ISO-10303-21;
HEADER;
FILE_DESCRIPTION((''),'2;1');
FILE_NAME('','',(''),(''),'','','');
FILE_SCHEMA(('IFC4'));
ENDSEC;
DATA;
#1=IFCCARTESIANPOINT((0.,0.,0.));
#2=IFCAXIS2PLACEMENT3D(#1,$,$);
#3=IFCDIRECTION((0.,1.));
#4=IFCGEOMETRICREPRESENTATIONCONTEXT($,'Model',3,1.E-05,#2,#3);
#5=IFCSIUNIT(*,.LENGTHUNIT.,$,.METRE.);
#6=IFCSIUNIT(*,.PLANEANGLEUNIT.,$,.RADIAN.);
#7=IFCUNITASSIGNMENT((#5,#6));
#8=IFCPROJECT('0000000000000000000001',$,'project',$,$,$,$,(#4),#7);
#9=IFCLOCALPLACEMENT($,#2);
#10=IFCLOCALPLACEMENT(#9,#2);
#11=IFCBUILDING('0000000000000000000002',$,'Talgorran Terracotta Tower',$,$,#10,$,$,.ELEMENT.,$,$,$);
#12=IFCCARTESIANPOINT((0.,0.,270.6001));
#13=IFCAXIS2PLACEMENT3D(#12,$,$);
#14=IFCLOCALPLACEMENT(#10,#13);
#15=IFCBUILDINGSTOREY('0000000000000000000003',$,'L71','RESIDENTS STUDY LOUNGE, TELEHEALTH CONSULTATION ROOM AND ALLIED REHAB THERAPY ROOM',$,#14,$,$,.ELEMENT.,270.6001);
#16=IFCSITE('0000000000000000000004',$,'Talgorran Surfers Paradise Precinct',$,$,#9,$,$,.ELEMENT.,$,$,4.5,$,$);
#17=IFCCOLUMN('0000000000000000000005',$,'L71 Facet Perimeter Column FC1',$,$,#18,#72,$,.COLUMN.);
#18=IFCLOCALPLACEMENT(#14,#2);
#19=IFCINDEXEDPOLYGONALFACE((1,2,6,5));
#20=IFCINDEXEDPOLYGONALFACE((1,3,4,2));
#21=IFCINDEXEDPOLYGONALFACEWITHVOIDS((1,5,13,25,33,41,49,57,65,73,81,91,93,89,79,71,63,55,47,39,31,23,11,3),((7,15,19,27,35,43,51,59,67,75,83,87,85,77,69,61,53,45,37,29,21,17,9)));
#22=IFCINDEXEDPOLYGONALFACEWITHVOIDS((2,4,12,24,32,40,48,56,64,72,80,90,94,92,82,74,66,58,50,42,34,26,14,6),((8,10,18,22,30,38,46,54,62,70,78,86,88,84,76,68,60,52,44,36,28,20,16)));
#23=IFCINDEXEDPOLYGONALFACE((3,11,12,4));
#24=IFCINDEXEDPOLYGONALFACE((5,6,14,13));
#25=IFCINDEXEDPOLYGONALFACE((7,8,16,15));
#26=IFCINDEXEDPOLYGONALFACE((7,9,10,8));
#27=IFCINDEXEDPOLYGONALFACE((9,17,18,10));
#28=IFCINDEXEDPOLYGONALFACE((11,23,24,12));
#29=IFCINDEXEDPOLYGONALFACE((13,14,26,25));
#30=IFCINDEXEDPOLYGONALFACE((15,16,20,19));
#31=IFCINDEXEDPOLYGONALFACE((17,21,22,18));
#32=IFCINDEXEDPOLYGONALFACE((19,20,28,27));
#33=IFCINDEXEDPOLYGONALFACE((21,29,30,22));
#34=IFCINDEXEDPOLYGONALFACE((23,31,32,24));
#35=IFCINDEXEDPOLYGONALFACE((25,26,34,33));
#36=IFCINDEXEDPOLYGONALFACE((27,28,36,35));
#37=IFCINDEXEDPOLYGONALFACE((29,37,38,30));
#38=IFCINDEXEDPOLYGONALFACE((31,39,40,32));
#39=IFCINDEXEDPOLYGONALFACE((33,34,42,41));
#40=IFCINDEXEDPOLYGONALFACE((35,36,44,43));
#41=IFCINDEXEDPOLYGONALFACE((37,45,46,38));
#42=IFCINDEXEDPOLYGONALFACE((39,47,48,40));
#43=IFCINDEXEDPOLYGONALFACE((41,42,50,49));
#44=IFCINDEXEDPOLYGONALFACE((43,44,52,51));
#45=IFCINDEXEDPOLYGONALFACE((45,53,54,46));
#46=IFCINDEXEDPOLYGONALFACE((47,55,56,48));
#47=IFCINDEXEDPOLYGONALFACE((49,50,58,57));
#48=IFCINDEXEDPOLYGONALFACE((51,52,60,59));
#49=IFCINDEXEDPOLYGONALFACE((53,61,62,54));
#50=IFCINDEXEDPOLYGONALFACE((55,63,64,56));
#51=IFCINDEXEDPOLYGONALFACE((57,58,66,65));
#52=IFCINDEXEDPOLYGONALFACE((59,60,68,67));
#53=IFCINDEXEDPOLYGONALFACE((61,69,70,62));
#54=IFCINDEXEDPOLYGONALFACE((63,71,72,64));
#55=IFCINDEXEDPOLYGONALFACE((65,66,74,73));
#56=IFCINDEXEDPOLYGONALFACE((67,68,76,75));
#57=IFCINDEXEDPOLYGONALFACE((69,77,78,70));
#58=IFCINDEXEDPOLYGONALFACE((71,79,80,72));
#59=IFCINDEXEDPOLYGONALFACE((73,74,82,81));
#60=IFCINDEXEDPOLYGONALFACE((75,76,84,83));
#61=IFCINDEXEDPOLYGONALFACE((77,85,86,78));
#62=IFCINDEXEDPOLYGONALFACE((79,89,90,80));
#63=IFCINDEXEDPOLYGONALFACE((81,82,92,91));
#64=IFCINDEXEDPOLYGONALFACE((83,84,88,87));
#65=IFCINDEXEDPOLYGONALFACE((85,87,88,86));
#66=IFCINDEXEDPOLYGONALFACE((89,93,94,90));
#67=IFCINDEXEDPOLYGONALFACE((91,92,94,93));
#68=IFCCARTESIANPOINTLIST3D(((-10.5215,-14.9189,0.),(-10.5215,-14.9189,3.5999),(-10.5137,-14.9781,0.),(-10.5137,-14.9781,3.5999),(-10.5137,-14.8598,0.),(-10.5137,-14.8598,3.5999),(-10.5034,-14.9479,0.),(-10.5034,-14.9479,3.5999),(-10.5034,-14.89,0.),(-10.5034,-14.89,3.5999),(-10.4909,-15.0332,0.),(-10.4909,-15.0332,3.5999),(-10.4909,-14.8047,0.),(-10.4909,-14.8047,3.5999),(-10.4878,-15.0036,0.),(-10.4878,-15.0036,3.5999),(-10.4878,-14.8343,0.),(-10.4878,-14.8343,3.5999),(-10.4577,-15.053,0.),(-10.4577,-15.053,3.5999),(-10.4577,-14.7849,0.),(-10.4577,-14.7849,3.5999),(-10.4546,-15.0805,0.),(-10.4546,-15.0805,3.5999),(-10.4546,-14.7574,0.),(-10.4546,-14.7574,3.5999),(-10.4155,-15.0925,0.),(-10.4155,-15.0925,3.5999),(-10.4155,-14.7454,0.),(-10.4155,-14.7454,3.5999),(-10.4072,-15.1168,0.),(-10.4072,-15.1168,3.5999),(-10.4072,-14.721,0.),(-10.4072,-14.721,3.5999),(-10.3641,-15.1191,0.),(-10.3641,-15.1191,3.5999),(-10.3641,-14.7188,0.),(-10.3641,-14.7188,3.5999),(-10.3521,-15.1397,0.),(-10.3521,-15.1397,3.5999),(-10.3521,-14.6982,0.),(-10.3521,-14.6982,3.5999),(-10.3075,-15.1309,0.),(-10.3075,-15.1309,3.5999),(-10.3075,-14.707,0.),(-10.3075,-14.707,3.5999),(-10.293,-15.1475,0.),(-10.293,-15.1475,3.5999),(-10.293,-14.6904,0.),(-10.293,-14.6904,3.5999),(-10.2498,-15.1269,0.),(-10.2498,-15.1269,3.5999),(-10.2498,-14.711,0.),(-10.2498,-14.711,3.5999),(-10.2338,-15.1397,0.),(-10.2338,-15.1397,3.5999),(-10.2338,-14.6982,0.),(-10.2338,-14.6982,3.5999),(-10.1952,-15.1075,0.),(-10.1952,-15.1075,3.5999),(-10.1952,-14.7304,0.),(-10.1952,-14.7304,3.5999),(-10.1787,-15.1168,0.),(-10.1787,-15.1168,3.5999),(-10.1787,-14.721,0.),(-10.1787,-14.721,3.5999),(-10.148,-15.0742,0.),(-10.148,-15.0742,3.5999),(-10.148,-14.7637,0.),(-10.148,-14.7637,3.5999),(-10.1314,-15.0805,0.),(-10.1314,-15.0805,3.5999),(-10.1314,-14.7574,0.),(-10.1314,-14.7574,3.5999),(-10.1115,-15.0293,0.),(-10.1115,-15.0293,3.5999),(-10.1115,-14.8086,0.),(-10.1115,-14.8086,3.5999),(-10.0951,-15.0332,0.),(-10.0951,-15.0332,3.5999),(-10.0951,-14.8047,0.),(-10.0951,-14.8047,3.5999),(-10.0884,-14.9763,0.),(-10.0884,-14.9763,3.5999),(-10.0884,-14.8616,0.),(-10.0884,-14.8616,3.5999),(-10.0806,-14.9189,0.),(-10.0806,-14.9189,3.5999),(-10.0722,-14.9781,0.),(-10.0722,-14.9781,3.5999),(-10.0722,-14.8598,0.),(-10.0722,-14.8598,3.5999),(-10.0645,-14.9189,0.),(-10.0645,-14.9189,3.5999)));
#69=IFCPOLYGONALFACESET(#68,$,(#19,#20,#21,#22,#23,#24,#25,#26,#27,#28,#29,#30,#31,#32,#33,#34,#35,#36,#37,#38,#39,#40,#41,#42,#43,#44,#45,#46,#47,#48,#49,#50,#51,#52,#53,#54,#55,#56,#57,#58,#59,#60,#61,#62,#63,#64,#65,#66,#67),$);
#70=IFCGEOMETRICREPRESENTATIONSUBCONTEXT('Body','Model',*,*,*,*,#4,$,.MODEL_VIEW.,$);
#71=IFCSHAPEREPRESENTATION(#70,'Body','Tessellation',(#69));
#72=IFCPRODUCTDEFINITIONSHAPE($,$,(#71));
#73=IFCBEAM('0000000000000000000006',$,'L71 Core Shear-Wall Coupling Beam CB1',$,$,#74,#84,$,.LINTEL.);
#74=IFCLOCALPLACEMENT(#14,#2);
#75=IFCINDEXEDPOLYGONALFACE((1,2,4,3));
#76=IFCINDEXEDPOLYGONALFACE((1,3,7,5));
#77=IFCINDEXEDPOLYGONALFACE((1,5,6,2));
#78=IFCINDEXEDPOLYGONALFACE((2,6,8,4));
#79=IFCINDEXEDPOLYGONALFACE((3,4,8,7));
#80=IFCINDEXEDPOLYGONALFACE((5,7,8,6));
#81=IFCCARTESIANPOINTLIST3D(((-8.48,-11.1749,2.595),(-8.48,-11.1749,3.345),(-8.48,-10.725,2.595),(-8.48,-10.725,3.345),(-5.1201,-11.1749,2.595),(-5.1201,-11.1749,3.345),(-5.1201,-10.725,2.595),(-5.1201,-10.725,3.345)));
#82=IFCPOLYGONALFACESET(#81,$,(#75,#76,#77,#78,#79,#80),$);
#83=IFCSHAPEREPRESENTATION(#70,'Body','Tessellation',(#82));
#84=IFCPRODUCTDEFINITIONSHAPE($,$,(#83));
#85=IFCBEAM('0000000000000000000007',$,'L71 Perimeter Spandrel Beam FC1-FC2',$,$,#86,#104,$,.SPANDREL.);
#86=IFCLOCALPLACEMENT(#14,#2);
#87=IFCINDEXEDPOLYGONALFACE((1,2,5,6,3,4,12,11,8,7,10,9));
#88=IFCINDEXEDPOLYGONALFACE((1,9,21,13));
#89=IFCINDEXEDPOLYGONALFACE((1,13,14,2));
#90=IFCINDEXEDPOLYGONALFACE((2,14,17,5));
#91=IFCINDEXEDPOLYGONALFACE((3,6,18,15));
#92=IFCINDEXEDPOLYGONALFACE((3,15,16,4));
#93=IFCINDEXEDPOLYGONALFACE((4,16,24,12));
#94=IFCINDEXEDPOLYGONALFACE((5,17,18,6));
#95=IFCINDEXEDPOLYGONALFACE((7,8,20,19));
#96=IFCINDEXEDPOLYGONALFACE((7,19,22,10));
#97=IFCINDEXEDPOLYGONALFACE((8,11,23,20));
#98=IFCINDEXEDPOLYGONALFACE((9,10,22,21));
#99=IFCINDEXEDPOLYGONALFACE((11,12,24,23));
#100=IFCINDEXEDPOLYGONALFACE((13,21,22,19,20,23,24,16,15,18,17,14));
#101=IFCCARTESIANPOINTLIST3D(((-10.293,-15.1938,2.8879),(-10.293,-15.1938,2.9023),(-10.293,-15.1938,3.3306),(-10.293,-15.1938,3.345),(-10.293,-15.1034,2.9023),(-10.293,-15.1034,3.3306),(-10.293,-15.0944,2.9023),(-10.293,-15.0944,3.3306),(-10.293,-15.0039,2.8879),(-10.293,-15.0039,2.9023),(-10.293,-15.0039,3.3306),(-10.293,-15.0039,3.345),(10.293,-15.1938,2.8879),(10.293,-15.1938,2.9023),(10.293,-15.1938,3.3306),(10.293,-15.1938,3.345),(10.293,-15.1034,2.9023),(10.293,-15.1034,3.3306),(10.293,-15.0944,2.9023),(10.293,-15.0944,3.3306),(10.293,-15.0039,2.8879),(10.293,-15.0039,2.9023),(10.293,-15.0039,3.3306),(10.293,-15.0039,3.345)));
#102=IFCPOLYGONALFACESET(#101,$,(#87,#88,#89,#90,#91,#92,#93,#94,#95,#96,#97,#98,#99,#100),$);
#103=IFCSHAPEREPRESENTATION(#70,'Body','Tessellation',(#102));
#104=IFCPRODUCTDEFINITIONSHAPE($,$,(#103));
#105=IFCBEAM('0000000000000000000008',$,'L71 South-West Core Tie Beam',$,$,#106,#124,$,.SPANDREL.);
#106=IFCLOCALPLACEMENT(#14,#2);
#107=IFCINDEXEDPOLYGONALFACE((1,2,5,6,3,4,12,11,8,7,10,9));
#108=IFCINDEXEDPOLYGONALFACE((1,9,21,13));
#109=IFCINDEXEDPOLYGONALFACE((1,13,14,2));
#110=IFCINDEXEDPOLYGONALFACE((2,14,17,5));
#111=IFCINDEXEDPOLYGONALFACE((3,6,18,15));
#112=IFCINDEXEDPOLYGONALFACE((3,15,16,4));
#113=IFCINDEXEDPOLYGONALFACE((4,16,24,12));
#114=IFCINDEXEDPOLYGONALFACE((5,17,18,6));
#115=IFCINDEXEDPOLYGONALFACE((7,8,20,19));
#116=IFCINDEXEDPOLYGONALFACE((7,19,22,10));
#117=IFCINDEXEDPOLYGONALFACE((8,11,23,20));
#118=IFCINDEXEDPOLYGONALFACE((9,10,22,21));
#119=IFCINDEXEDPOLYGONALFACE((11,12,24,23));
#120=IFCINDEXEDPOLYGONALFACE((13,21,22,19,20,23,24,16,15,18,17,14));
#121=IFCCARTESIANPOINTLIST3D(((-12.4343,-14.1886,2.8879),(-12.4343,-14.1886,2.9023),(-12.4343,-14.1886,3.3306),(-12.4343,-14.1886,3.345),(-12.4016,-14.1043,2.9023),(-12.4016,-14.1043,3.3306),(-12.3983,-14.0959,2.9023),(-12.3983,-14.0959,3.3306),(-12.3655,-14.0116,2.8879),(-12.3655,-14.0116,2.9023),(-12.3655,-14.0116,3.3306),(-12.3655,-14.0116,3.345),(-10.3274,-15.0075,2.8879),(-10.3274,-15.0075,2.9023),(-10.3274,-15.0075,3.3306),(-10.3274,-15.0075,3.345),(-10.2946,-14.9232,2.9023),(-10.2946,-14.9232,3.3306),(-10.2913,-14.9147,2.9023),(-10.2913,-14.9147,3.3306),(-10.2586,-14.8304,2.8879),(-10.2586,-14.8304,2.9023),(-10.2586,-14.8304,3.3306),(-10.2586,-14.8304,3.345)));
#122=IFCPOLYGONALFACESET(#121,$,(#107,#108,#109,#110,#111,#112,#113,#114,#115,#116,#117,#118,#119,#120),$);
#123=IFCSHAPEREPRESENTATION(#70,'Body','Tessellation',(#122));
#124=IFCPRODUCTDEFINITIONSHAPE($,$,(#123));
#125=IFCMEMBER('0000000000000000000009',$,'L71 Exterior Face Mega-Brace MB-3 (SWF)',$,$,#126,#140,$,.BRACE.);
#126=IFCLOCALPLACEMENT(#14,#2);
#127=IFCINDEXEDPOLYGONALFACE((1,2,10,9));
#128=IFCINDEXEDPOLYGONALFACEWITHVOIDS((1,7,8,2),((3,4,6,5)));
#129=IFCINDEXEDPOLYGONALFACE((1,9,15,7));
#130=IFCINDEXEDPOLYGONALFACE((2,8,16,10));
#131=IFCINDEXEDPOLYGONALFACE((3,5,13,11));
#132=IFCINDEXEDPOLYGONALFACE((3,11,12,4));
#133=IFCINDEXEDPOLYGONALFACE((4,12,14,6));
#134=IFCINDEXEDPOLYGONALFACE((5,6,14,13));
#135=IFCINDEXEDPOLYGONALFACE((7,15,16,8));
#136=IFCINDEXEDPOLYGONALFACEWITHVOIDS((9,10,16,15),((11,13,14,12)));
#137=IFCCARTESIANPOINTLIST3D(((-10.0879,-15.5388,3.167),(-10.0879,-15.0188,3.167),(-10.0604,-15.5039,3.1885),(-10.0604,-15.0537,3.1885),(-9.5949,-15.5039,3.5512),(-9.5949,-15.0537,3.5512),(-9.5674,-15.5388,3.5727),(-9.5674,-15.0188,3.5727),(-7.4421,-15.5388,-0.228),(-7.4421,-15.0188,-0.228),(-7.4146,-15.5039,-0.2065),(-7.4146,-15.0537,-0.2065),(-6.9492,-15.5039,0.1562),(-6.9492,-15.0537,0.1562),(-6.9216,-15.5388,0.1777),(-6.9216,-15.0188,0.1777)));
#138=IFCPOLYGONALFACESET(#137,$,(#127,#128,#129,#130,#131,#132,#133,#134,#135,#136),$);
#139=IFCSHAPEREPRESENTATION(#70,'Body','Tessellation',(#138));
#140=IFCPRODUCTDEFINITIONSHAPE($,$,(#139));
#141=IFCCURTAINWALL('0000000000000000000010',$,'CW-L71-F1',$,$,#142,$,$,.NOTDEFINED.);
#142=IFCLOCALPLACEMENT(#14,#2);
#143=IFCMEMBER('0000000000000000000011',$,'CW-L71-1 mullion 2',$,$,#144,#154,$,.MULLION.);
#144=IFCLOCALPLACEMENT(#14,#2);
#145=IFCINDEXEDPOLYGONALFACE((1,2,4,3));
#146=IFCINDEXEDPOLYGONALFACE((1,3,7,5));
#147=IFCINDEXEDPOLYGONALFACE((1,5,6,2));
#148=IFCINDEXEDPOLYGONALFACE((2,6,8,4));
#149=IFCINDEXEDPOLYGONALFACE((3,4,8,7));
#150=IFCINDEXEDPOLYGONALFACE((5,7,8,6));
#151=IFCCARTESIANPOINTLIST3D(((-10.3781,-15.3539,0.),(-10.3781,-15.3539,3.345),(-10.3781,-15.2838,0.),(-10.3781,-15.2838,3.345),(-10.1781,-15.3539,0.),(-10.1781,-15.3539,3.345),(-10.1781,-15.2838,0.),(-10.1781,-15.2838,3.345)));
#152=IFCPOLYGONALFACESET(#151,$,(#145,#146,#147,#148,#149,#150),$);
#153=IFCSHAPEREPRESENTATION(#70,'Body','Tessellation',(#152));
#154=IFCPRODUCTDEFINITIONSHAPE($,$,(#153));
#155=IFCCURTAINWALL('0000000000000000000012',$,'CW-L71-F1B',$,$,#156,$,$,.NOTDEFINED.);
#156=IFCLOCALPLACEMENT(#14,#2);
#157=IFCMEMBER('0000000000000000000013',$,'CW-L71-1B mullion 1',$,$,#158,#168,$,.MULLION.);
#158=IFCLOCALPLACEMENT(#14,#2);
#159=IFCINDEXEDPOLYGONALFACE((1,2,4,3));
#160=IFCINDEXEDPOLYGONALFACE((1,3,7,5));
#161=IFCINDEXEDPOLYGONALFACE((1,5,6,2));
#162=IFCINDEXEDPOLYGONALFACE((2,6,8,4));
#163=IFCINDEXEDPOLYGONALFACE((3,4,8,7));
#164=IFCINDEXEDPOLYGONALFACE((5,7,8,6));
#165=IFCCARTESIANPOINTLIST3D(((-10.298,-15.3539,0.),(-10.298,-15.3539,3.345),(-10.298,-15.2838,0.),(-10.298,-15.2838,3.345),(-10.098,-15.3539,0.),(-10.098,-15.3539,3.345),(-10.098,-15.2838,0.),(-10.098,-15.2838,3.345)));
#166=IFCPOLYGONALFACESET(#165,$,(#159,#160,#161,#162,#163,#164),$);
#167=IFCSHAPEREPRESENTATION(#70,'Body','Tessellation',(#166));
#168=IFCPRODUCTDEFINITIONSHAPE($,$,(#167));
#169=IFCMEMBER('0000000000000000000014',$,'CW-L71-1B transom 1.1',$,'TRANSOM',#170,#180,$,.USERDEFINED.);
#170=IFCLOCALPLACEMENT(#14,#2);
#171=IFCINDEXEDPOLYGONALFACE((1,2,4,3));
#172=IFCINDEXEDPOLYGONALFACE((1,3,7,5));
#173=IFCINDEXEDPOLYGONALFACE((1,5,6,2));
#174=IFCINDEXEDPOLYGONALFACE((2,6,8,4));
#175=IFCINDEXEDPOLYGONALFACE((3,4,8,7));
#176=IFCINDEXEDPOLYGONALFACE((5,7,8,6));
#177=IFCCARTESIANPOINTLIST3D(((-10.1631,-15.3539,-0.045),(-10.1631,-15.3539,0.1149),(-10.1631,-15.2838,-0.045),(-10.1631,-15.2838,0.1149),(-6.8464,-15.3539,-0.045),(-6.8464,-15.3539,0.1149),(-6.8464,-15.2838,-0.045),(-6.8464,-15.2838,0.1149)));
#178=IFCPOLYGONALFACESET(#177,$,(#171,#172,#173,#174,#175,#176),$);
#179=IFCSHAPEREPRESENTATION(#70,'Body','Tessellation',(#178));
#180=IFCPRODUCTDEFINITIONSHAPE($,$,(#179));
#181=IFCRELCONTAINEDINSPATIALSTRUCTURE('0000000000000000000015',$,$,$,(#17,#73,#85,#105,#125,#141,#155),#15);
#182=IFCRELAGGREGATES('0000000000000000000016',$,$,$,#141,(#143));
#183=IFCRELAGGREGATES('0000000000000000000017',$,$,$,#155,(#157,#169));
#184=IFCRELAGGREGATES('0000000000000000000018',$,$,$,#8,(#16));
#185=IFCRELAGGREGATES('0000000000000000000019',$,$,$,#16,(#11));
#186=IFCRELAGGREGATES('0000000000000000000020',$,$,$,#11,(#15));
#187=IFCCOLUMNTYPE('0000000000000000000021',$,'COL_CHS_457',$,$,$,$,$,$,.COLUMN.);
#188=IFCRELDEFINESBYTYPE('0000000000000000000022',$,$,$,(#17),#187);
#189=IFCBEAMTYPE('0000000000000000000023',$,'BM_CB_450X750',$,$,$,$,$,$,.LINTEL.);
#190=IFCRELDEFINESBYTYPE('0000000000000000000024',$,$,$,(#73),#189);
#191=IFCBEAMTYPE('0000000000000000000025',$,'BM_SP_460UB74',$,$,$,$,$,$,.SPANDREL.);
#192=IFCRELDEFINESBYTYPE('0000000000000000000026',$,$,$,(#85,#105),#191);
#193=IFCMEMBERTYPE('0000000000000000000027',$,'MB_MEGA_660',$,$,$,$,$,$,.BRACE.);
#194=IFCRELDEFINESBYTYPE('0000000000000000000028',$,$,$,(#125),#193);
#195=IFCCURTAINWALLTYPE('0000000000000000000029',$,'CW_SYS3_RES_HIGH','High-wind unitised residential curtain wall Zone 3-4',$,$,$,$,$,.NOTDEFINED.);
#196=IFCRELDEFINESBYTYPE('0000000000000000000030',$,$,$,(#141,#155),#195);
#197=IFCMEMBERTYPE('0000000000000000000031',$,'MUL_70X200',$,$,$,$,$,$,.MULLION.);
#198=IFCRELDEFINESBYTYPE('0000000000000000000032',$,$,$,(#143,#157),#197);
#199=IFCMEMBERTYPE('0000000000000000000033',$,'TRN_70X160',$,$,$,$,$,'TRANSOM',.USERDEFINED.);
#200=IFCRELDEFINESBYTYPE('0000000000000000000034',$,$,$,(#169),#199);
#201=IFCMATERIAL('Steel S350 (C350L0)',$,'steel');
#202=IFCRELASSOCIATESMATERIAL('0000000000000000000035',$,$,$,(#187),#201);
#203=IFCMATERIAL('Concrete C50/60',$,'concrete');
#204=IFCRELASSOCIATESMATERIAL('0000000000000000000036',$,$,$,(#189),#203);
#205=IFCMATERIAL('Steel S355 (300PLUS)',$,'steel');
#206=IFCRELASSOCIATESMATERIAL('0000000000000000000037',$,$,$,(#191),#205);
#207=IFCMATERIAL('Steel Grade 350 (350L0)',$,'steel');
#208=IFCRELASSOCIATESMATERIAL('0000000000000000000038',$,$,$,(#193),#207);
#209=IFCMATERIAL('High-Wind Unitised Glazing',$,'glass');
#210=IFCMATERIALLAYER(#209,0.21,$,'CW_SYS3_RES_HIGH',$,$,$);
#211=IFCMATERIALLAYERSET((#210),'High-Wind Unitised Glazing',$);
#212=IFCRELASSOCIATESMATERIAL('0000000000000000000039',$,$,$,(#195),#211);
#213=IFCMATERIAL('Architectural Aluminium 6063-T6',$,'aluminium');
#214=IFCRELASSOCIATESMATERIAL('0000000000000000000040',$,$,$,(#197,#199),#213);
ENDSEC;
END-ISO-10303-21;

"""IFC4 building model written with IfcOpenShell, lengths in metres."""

from ifc_helpers import new_model, si_unit, direction, frame, origin, origin_2d, place, context, subcontext, project, spatial, rectangle, hollow_rectangle, hollow_circle, i_section, extrude, material, layer, layer_set, material_profile, profile_set, type_object, element, aggregate, save


model = new_model("IFC4")

# Units and contexts
model_context = context("Model", 3, precision=1e-05, world=origin(), true_north=direction((0.0, 1.0)))
body_context = subcontext(model_context, "Body", "Model", "MODEL_VIEW")
ifc_project = project(units=[si_unit("LENGTHUNIT", "METRE"), si_unit("PLANEANGLEUNIT", "RADIAN")], contexts=[model_context])

# Site, building, storey
site_placement = place(None, origin())
site = spatial("IfcSite", under=ifc_project, at=site_placement, Name="Talgorran Surfers Paradise Precinct", CompositionType="ELEMENT", RefElevation=4.5)
building_placement = place(site_placement, origin())
building = spatial("IfcBuilding", under=site, at=building_placement, Name="Talgorran Terracotta Tower", CompositionType="ELEMENT")
storey_placement = place(building_placement, frame((0.0, 0.0, 270.6001)))
storey = spatial("IfcBuildingStorey", under=building, at=storey_placement, Name="L71", Description="RESIDENTS STUDY LOUNGE, TELEHEALTH CONSULTATION ROOM AND ALLIED REHAB THERAPY ROOM", CompositionType="ELEMENT", Elevation=270.6001)

# Column
ifc_material_1 = material(Name="Steel S350 (C350L0)", Category="steel")
ifc_material_profile_1 = material_profile(ifc_material_1, hollow_circle(Radius=0.2285, WallThickness=0.0161, at=origin_2d()), Name="CHS457X16")
ifc_profile_set_1 = profile_set([ifc_material_profile_1], Name="Steel S350 (C350L0)")
column_type = type_object("IfcColumnType", Name="COL_CHS_457", PredefinedType="COLUMN", material=ifc_profile_set_1)
column_placement = place(storey_placement, frame((-10.293, -14.9189, 0.0), z_axis=(0.0, 0.0, 1.0), x_axis=(1.0, 0.0, 0.0)))
element("IfcColumn", 1, at=column_placement, inside=storey, type_object=column_type, Name="L71 Facet Perimeter Column FC1", PredefinedType="COLUMN", context=body_context, shape_type="SweptSolid", body=[
    extrude(hollow_circle(Radius=0.2285, WallThickness=0.0161, at=origin_2d()), origin(), (0.0, 0.0, 1.0), 3.5999),
])

# Beams
ifc_material_2 = material(Name="Concrete C50/60", Category="concrete")
ifc_material_profile_2 = material_profile(ifc_material_2, rectangle(XDim=0.45, YDim=0.75, at=origin_2d()), Name="RCCB450X750")
ifc_profile_set_2 = profile_set([ifc_material_profile_2], Name="Concrete C50/60")
beam_type_1 = type_object("IfcBeamType", Name="BM_CB_450X750", PredefinedType="LINTEL", material=ifc_profile_set_2)
beam_1_placement = place(storey_placement, frame((-8.48, -10.95, 2.97), z_axis=(1.0, 0.0, 0.0), x_axis=(0.0, 1.0, 0.0)))
element("IfcBeam", 2, at=beam_1_placement, inside=storey, type_object=beam_type_1, Name="L71 Core Shear-Wall Coupling Beam CB1", PredefinedType="LINTEL", context=body_context, shape_type="SweptSolid", body=[
    extrude(rectangle(XDim=0.45, YDim=0.75, at=origin_2d()), origin(), (0.0, 0.0, 1.0), 3.3599),
])
ifc_material_3 = material(Name="Steel S355 (300PLUS)", Category="steel")
ifc_material_profile_3 = material_profile(ifc_material_3, i_section(OverallWidth=0.1899, OverallDepth=0.457, WebThickness=0.009, FlangeThickness=0.0144, at=origin_2d()), Name="460UB74.6")
ifc_profile_set_3 = profile_set([ifc_material_profile_3], Name="Steel S355 (300PLUS)")
beam_type_2 = type_object("IfcBeamType", Name="BM_SP_460UB74", PredefinedType="SPANDREL", material=ifc_profile_set_3)
beam_2_placement = place(storey_placement, frame((-10.293, -15.0989, 3.1165), z_axis=(1.0, 0.0, 0.0), x_axis=(0.0, 1.0, 0.0)))
element("IfcBeam", 3, at=beam_2_placement, inside=storey, type_object=beam_type_2, Name="L71 Perimeter Spandrel Beam FC1-FC2", PredefinedType="SPANDREL", context=body_context, shape_type="SweptSolid", body=[
    extrude(i_section(OverallWidth=0.1899, OverallDepth=0.457, WebThickness=0.009, FlangeThickness=0.0144, at=origin_2d()), origin(), (0.0, 0.0, 1.0), 20.5859),
])
beam_3_placement = place(storey_placement, frame((-10.293, -14.9189, 3.1165), z_axis=(-0.932082, 0.362248, 0.0), x_axis=(-0.362248, -0.932082, 0.0)))
element("IfcBeam", 4, at=beam_3_placement, inside=storey, type_object=beam_type_2, Name="L71 South-West Core Tie Beam", PredefinedType="SPANDREL", context=body_context, shape_type="SweptSolid", body=[
    extrude(i_section(OverallWidth=0.1899, OverallDepth=0.457, WebThickness=0.009, FlangeThickness=0.0144, at=origin_2d()), origin(), (0.0, 0.0, 1.0), 2.2605),
])

# Member
ifc_material_4 = material(Name="Steel Grade 350 (350L0)", Category="steel")
ifc_material_profile_4 = material_profile(ifc_material_4, hollow_rectangle(XDim=0.52, YDim=0.6599, WallThickness=0.0349, at=origin_2d()), Name="WBOX660X520X35")
ifc_profile_set_4 = profile_set([ifc_material_profile_4], Name="Steel Grade 350 (350L0)")
member_type_1 = type_object("IfcMemberType", Name="MB_MEGA_660", PredefinedType="BRACE", material=ifc_profile_set_4)
member_1_placement = place(storey_placement, frame((-7.1819, -15.2788, -0.0251), z_axis=(-0.61469, 0.0, 0.788769), x_axis=(0.0, -1.0, 0.0)))
element("IfcMember", 5, at=member_1_placement, inside=storey, type_object=member_type_1, Name="L71 Exterior Face Mega-Brace MB-3 (SWF)", PredefinedType="BRACE", context=body_context, shape_type="SweptSolid", body=[
    extrude(hollow_rectangle(XDim=0.52, YDim=0.6599, WallThickness=0.0349, at=origin_2d()), origin(), (0.0, 0.0, 1.0), 4.3042),
])

# Curtain wall, member
ifc_material_5 = material(Name="High-Wind Unitised Glazing", Category="glass")
ifc_layer_1 = layer(ifc_material_5, 0.21, Name="CW_SYS3_RES_HIGH")
ifc_layer_set_1 = layer_set([ifc_layer_1], Name="High-Wind Unitised Glazing")
curtain_wall_type = type_object("IfcCurtainWallType", Name="CW_SYS3_RES_HIGH", Description="High-wind unitised residential curtain wall Zone 3-4", PredefinedType="NOTDEFINED", material=ifc_layer_set_1)
curtain_wall_1_placement = place(storey_placement, origin())
curtain_wall_1 = element("IfcCurtainWall", 6, at=curtain_wall_1_placement, inside=storey, type_object=curtain_wall_type, Name="CW-L71-F1", PredefinedType="NOTDEFINED")
ifc_material_6 = material(Name="Architectural Aluminium 6063-T6", Category="aluminium")
ifc_material_profile_5 = material_profile(ifc_material_6, rectangle(XDim=0.0701, YDim=0.2, at=origin_2d()), Name="CWM70X200")
ifc_profile_set_5 = profile_set([ifc_material_profile_5], Name="Architectural Aluminium 6063-T6")
member_type_2 = type_object("IfcMemberType", Name="MUL_70X200", PredefinedType="MULLION", material=ifc_profile_set_5)
member_2_placement = place(storey_placement, frame((-10.2781, -15.3188, 0.0), z_axis=(0.0, 0.0, 1.0), x_axis=(0.0, 1.0, 0.0)))
member_2 = element("IfcMember", 7, at=member_2_placement, type_object=member_type_2, Name="CW-L71-1 mullion 2", PredefinedType="MULLION", context=body_context, shape_type="SweptSolid", body=[
    extrude(rectangle(XDim=0.0701, YDim=0.2, at=origin_2d()), origin(), (0.0, 0.0, 1.0), 3.345),
])
aggregate(curtain_wall_1, [member_2])

# Curtain wall, members
curtain_wall_2_placement = place(storey_placement, origin())
curtain_wall_2 = element("IfcCurtainWall", 8, at=curtain_wall_2_placement, inside=storey, type_object=curtain_wall_type, Name="CW-L71-F1B", PredefinedType="NOTDEFINED")
member_3_placement = place(storey_placement, frame((-10.198, -15.3188, 0.0), z_axis=(0.0, 0.0, 1.0), x_axis=(0.0, 1.0, 0.0)))
member_3 = element("IfcMember", 9, at=member_3_placement, type_object=member_type_2, Name="CW-L71-1B mullion 1", PredefinedType="MULLION", context=body_context, shape_type="SweptSolid", body=[
    extrude(rectangle(XDim=0.0701, YDim=0.2, at=origin_2d()), origin(), (0.0, 0.0, 1.0), 3.345),
])
ifc_material_profile_6 = material_profile(ifc_material_6, rectangle(XDim=0.0701, YDim=0.1599, at=origin_2d()), Name="CWT70X160")
ifc_profile_set_6 = profile_set([ifc_material_profile_6], Name="Architectural Aluminium 6063-T6")
member_type_3 = type_object("IfcMemberType", Name="TRN_70X160", ElementType="TRANSOM", PredefinedType="USERDEFINED", material=ifc_profile_set_6)
member_4_placement = place(storey_placement, frame((-10.1631, -15.3188, 0.0349), z_axis=(1.0, 0.0, 0.0), x_axis=(0.0, 1.0, 0.0)))
member_4 = element("IfcMember", 10, at=member_4_placement, type_object=member_type_3, Name="CW-L71-1B transom 1.1", ObjectType="TRANSOM", PredefinedType="USERDEFINED", context=body_context, shape_type="SweptSolid", body=[
    extrude(rectangle(XDim=0.0701, YDim=0.1599, at=origin_2d()), origin(), (0.0, 0.0, 1.0), 3.3167),
])

aggregate(curtain_wall_2, [member_3, member_4])

save(model, "model.ifc")
